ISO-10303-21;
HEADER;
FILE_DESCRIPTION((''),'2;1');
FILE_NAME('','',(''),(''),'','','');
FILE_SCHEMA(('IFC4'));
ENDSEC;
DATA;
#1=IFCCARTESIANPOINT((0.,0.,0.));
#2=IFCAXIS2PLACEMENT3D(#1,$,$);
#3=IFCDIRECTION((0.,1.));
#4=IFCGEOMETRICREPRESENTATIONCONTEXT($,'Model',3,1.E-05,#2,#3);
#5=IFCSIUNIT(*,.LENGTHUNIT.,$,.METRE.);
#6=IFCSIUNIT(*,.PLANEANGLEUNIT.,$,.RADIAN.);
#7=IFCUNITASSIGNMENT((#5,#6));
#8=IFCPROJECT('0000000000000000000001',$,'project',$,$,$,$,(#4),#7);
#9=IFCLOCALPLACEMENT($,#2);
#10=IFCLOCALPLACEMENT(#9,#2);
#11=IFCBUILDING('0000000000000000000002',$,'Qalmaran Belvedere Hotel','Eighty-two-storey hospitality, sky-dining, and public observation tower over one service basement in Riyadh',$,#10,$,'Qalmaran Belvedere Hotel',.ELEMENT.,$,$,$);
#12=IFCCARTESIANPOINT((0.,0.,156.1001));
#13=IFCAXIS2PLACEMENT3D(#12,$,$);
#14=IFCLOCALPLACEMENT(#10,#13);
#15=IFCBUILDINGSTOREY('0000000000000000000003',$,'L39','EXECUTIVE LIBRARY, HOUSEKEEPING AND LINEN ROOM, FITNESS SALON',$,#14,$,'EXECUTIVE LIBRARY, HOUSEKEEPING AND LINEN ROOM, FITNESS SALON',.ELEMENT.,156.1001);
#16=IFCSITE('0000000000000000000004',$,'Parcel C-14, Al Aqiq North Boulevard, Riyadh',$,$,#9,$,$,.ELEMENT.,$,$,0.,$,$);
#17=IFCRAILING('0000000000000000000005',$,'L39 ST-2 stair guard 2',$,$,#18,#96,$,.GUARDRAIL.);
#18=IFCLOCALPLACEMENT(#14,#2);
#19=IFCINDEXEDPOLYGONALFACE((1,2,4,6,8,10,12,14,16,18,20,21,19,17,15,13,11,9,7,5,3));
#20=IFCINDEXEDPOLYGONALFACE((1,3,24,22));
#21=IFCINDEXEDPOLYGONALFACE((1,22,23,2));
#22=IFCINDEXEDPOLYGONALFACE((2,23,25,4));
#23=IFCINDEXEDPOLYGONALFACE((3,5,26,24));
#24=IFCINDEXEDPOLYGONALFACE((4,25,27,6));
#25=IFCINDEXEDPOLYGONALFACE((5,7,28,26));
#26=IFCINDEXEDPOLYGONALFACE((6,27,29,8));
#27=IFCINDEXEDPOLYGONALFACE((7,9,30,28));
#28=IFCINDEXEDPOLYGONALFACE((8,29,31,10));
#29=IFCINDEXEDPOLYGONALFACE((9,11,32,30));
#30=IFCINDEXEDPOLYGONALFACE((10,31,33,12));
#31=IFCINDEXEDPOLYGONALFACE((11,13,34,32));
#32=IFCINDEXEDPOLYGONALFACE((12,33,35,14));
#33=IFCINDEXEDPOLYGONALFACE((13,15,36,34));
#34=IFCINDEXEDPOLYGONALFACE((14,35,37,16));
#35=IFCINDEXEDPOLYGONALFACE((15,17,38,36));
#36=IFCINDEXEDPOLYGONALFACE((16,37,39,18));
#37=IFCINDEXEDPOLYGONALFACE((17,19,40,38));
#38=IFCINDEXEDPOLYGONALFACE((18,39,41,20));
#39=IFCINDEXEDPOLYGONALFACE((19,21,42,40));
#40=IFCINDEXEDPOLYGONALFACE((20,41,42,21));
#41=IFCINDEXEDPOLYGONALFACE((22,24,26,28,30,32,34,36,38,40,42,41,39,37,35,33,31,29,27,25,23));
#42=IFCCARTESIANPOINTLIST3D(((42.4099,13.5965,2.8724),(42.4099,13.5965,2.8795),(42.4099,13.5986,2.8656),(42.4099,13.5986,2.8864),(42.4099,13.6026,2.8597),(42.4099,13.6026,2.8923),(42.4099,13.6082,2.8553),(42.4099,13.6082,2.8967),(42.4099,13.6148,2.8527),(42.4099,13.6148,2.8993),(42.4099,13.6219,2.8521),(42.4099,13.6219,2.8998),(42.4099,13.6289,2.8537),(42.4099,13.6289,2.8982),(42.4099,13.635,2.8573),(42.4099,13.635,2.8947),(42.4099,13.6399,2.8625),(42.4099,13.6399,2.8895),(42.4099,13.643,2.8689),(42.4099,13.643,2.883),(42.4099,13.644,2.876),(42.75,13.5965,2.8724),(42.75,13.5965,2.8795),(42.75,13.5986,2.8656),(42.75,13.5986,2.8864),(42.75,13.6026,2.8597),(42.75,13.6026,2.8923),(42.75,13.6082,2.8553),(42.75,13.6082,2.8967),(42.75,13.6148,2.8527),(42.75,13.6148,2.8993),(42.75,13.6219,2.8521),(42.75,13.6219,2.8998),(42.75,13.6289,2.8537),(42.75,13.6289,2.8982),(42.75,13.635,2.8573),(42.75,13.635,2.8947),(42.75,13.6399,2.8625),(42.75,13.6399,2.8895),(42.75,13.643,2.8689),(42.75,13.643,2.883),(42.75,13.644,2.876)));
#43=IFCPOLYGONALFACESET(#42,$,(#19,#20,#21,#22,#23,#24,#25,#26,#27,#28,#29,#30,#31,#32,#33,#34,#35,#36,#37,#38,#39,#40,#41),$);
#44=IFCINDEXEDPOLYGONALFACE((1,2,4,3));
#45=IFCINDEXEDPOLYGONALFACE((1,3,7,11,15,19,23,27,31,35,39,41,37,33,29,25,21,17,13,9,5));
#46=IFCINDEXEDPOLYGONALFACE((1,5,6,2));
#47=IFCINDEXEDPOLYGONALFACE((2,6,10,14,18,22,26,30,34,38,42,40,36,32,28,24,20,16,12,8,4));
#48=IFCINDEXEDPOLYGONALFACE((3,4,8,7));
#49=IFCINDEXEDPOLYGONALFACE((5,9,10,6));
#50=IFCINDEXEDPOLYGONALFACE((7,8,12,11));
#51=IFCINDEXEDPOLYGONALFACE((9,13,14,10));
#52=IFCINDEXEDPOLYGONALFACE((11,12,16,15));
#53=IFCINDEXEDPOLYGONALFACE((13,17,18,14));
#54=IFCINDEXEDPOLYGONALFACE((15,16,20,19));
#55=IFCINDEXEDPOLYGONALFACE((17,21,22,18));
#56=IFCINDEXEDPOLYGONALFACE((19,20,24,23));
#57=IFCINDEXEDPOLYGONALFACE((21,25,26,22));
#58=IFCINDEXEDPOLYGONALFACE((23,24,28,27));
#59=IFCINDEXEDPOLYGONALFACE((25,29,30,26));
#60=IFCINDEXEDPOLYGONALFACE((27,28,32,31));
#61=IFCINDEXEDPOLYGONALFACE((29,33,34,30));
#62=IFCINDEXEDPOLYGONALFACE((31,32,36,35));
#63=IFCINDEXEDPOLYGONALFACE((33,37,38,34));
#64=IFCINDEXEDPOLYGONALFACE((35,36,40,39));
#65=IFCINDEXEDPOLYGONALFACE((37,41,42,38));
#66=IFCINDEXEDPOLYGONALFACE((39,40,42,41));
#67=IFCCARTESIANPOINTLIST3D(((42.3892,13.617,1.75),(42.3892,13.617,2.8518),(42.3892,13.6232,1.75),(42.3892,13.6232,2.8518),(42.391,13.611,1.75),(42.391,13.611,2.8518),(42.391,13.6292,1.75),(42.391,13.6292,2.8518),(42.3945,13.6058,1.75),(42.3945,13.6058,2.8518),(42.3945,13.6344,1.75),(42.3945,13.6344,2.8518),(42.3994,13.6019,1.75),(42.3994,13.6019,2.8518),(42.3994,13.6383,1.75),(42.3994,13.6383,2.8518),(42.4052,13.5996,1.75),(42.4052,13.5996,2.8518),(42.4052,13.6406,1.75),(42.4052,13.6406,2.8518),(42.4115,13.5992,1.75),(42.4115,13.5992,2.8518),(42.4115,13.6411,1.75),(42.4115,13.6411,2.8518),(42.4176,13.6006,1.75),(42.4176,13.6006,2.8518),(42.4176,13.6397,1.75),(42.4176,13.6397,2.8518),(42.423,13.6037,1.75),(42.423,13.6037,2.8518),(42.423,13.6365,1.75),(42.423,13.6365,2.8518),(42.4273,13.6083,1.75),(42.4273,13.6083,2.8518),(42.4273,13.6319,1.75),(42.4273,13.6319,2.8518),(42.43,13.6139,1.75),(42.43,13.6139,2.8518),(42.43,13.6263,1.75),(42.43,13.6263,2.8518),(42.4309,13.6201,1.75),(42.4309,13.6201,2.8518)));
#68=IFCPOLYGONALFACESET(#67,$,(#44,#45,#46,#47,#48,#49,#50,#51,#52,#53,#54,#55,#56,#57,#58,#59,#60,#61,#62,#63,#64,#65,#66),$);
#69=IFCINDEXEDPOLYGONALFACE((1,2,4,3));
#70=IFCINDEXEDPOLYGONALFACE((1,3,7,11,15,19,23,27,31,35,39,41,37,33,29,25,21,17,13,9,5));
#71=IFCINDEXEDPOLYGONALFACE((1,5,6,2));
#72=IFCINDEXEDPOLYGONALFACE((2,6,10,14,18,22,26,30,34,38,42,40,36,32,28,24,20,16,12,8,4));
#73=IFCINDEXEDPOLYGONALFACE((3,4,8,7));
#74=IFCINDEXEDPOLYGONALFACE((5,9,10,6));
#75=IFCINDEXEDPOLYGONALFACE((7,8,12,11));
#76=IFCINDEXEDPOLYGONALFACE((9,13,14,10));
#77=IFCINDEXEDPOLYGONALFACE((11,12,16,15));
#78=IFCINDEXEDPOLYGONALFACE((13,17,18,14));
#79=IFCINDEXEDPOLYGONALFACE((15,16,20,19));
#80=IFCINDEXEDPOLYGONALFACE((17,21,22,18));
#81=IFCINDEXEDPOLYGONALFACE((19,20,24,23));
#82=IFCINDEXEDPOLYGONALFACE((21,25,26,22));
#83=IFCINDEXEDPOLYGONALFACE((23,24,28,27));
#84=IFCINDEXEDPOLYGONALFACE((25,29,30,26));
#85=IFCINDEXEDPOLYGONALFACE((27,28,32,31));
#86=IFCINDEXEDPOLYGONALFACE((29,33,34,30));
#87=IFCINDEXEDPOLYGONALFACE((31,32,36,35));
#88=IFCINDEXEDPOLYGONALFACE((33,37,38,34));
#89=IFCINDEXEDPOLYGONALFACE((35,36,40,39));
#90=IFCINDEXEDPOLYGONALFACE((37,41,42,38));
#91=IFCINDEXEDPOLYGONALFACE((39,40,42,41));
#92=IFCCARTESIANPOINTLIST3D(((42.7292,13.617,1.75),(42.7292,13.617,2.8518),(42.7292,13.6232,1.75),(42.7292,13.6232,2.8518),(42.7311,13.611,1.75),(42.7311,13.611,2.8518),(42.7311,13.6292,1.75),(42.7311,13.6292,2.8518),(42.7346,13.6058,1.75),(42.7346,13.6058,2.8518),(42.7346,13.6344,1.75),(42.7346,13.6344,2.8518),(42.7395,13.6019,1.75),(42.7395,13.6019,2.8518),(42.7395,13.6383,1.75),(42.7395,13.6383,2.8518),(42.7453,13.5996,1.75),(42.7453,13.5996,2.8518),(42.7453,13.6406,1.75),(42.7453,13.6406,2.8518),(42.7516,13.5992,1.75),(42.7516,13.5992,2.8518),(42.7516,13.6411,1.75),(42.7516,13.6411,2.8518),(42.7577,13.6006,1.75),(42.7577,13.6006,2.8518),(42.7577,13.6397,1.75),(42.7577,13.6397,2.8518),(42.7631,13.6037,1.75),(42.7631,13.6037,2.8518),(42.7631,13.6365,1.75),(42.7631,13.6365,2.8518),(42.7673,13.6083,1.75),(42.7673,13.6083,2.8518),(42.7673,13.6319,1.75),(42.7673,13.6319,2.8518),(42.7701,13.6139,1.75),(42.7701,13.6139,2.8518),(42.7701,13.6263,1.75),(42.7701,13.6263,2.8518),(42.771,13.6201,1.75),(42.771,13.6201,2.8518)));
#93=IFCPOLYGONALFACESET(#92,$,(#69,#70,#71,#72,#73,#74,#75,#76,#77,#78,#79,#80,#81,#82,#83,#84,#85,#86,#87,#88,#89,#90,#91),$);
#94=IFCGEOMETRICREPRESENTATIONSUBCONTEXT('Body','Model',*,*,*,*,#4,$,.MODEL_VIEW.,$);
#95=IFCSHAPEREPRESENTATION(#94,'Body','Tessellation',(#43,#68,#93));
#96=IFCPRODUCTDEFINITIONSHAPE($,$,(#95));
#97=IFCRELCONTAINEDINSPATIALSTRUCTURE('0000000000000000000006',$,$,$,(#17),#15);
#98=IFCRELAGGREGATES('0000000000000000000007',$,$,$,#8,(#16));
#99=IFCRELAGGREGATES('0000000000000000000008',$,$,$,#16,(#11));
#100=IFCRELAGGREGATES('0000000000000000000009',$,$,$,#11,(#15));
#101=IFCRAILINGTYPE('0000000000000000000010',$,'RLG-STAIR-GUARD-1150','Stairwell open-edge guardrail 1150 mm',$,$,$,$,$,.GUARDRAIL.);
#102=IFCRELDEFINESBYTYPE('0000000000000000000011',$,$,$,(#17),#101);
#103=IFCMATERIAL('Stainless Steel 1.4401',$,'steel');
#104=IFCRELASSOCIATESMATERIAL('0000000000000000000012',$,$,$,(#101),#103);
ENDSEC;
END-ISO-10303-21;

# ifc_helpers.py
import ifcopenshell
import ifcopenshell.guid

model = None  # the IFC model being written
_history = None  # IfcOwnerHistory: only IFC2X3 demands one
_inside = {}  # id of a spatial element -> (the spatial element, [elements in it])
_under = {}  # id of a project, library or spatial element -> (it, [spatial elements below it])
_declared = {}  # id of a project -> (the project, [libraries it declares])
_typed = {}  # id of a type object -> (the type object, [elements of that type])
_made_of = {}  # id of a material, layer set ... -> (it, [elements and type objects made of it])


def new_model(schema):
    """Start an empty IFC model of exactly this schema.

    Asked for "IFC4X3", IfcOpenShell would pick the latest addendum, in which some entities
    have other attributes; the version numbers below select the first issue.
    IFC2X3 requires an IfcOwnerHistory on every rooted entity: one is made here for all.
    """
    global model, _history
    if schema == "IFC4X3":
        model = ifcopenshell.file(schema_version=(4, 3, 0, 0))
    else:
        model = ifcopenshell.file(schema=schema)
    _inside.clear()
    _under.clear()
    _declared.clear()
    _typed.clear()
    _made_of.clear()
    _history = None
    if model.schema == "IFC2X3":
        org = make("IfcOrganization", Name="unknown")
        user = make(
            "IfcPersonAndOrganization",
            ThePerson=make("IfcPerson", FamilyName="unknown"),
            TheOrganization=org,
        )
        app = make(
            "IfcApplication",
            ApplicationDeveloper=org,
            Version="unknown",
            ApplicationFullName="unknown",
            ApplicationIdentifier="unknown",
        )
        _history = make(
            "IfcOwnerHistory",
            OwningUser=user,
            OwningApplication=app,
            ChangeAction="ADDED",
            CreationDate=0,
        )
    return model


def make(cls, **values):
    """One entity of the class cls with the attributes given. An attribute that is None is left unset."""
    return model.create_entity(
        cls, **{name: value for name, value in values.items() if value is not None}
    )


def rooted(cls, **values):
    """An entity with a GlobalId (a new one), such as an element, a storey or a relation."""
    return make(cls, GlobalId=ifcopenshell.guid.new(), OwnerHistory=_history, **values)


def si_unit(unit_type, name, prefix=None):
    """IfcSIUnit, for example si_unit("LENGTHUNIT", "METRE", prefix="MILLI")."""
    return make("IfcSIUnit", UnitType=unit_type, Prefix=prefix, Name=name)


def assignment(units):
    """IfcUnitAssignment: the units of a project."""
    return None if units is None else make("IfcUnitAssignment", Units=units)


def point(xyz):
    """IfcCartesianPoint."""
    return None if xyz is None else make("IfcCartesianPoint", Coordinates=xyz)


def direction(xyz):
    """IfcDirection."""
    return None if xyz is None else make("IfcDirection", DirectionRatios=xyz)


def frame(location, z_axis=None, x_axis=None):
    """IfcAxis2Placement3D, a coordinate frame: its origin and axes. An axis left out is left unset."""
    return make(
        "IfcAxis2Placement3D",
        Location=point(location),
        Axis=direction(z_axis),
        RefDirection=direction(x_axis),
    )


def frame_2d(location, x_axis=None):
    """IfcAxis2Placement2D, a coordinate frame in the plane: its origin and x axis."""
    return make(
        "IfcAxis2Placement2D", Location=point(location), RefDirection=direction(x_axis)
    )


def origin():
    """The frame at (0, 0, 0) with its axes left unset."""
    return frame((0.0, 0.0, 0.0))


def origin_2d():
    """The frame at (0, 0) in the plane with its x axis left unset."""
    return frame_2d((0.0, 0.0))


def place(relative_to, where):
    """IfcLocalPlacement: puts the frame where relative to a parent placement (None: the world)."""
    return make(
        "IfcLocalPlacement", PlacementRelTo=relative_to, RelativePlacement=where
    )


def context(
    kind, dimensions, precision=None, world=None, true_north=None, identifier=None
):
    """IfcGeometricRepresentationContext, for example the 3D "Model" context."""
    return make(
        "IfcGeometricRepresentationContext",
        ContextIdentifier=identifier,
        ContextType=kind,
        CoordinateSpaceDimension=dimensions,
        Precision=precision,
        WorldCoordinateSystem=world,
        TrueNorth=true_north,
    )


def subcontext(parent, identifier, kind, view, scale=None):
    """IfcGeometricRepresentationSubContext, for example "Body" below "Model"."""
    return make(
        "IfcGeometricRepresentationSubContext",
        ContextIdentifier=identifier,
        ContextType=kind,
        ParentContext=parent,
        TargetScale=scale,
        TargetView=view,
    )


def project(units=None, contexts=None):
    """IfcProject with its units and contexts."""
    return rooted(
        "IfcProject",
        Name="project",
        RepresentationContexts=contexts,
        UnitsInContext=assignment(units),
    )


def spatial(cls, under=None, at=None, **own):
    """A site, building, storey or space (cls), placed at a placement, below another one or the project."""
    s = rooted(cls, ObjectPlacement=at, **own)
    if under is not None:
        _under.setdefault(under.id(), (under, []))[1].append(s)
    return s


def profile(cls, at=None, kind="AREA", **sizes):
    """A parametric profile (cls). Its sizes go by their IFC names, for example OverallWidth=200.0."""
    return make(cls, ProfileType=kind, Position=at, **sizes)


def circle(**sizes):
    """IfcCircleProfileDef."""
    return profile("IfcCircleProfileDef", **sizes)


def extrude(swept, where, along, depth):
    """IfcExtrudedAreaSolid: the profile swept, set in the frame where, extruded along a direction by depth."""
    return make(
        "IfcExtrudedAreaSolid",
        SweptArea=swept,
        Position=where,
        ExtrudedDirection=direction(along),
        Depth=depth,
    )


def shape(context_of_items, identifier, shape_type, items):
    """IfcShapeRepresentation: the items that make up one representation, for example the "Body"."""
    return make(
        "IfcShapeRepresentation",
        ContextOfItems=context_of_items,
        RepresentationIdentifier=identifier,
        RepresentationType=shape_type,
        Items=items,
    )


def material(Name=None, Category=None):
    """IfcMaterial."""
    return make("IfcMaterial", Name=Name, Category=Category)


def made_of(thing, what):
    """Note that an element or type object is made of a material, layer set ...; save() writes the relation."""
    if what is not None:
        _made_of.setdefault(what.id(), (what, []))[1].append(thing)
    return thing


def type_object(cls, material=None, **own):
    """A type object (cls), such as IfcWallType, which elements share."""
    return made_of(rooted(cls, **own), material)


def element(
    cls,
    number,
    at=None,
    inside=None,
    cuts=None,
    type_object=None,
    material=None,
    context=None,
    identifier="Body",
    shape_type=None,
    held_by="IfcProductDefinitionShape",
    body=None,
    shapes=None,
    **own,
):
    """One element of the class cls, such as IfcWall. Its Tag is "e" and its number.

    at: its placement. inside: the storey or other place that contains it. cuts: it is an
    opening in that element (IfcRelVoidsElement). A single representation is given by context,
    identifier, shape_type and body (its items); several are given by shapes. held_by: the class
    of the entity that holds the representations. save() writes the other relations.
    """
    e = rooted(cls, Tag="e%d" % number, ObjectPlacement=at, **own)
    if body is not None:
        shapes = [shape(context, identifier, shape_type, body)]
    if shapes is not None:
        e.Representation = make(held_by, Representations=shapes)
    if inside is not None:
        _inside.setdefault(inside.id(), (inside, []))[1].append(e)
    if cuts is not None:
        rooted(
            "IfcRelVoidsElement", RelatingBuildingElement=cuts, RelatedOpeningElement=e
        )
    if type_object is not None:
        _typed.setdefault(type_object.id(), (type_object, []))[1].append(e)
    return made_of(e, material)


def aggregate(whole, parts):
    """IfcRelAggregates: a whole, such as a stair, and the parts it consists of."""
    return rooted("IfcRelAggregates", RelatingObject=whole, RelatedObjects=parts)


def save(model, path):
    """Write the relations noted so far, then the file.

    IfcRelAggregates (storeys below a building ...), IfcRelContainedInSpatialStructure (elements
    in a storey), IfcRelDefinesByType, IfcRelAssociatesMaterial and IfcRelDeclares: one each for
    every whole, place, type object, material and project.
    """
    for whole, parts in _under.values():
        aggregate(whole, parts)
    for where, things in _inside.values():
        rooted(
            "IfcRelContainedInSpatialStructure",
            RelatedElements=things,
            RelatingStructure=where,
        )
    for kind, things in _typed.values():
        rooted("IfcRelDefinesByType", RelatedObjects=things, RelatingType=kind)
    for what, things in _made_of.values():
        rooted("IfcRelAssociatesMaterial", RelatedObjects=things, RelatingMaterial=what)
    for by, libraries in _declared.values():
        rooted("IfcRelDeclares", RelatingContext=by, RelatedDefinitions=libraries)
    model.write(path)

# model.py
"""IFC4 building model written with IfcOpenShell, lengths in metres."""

from ifc_helpers import new_model, si_unit, direction, frame, origin, origin_2d, place, context, subcontext, project, spatial, circle, extrude, material, type_object, element, save


model = new_model("IFC4")

# Units and contexts
model_context = context("Model", 3, precision=1e-05, world=origin(), true_north=direction((0.0, 1.0)))
body_context = subcontext(model_context, "Body", "Model", "MODEL_VIEW")
ifc_project = project(units=[si_unit("LENGTHUNIT", "METRE"), si_unit("PLANEANGLEUNIT", "RADIAN")], contexts=[model_context])

# Site, building, storey
site_placement = place(None, origin())
site = spatial("IfcSite", under=ifc_project, at=site_placement, Name="Parcel C-14, Al Aqiq North Boulevard, Riyadh", CompositionType="ELEMENT", RefElevation=0.0)
building_placement = place(site_placement, origin())
building = spatial("IfcBuilding", under=site, at=building_placement, Name="Qalmaran Belvedere Hotel", Description="Eighty-two-storey hospitality, sky-dining, and public observation tower over one service basement in Riyadh", LongName="Qalmaran Belvedere Hotel", CompositionType="ELEMENT")
storey_placement = place(building_placement, frame((0.0, 0.0, 156.1001)))
storey = spatial("IfcBuildingStorey", under=building, at=storey_placement, Name="L39", Description="EXECUTIVE LIBRARY, HOUSEKEEPING AND LINEN ROOM, FITNESS SALON", LongName="EXECUTIVE LIBRARY, HOUSEKEEPING AND LINEN ROOM, FITNESS SALON", CompositionType="ELEMENT", Elevation=156.1001)

# Railing
ifc_material_1 = material(Name="Stainless Steel 1.4401", Category="steel")
railing_type_1 = type_object("IfcRailingType", Name="RLG-STAIR-GUARD-1150", Description="Stairwell open-edge guardrail 1150 mm", PredefinedType="GUARDRAIL", material=ifc_material_1)
railing_1_placement = place(storey_placement, frame((42.4099, 13.6201, 1.75)))
element("IfcRailing", 1, at=railing_1_placement, inside=storey, type_object=railing_type_1, Name="L39 ST-2 stair guard 2", PredefinedType="GUARDRAIL", context=body_context, shape_type="SweptSolid", body=[
    extrude(circle(Radius=0.0239, at=origin_2d()), frame((0.0, 0.0, 1.126), z_axis=(1.0, 0.0, 0.0), x_axis=(0.0, 1.0, 0.0)), (0.0, 0.0, 1.0), 0.3401),
    extrude(circle(Radius=0.021, at=origin_2d()), origin(), (0.0, 0.0, 1.0), 1.1018),
    extrude(circle(Radius=0.021, at=origin_2d()), frame((0.3401, 0.0, 0.0)), (0.0, 0.0, 1.0), 1.1018),
])

save(model, "model.ifc")
